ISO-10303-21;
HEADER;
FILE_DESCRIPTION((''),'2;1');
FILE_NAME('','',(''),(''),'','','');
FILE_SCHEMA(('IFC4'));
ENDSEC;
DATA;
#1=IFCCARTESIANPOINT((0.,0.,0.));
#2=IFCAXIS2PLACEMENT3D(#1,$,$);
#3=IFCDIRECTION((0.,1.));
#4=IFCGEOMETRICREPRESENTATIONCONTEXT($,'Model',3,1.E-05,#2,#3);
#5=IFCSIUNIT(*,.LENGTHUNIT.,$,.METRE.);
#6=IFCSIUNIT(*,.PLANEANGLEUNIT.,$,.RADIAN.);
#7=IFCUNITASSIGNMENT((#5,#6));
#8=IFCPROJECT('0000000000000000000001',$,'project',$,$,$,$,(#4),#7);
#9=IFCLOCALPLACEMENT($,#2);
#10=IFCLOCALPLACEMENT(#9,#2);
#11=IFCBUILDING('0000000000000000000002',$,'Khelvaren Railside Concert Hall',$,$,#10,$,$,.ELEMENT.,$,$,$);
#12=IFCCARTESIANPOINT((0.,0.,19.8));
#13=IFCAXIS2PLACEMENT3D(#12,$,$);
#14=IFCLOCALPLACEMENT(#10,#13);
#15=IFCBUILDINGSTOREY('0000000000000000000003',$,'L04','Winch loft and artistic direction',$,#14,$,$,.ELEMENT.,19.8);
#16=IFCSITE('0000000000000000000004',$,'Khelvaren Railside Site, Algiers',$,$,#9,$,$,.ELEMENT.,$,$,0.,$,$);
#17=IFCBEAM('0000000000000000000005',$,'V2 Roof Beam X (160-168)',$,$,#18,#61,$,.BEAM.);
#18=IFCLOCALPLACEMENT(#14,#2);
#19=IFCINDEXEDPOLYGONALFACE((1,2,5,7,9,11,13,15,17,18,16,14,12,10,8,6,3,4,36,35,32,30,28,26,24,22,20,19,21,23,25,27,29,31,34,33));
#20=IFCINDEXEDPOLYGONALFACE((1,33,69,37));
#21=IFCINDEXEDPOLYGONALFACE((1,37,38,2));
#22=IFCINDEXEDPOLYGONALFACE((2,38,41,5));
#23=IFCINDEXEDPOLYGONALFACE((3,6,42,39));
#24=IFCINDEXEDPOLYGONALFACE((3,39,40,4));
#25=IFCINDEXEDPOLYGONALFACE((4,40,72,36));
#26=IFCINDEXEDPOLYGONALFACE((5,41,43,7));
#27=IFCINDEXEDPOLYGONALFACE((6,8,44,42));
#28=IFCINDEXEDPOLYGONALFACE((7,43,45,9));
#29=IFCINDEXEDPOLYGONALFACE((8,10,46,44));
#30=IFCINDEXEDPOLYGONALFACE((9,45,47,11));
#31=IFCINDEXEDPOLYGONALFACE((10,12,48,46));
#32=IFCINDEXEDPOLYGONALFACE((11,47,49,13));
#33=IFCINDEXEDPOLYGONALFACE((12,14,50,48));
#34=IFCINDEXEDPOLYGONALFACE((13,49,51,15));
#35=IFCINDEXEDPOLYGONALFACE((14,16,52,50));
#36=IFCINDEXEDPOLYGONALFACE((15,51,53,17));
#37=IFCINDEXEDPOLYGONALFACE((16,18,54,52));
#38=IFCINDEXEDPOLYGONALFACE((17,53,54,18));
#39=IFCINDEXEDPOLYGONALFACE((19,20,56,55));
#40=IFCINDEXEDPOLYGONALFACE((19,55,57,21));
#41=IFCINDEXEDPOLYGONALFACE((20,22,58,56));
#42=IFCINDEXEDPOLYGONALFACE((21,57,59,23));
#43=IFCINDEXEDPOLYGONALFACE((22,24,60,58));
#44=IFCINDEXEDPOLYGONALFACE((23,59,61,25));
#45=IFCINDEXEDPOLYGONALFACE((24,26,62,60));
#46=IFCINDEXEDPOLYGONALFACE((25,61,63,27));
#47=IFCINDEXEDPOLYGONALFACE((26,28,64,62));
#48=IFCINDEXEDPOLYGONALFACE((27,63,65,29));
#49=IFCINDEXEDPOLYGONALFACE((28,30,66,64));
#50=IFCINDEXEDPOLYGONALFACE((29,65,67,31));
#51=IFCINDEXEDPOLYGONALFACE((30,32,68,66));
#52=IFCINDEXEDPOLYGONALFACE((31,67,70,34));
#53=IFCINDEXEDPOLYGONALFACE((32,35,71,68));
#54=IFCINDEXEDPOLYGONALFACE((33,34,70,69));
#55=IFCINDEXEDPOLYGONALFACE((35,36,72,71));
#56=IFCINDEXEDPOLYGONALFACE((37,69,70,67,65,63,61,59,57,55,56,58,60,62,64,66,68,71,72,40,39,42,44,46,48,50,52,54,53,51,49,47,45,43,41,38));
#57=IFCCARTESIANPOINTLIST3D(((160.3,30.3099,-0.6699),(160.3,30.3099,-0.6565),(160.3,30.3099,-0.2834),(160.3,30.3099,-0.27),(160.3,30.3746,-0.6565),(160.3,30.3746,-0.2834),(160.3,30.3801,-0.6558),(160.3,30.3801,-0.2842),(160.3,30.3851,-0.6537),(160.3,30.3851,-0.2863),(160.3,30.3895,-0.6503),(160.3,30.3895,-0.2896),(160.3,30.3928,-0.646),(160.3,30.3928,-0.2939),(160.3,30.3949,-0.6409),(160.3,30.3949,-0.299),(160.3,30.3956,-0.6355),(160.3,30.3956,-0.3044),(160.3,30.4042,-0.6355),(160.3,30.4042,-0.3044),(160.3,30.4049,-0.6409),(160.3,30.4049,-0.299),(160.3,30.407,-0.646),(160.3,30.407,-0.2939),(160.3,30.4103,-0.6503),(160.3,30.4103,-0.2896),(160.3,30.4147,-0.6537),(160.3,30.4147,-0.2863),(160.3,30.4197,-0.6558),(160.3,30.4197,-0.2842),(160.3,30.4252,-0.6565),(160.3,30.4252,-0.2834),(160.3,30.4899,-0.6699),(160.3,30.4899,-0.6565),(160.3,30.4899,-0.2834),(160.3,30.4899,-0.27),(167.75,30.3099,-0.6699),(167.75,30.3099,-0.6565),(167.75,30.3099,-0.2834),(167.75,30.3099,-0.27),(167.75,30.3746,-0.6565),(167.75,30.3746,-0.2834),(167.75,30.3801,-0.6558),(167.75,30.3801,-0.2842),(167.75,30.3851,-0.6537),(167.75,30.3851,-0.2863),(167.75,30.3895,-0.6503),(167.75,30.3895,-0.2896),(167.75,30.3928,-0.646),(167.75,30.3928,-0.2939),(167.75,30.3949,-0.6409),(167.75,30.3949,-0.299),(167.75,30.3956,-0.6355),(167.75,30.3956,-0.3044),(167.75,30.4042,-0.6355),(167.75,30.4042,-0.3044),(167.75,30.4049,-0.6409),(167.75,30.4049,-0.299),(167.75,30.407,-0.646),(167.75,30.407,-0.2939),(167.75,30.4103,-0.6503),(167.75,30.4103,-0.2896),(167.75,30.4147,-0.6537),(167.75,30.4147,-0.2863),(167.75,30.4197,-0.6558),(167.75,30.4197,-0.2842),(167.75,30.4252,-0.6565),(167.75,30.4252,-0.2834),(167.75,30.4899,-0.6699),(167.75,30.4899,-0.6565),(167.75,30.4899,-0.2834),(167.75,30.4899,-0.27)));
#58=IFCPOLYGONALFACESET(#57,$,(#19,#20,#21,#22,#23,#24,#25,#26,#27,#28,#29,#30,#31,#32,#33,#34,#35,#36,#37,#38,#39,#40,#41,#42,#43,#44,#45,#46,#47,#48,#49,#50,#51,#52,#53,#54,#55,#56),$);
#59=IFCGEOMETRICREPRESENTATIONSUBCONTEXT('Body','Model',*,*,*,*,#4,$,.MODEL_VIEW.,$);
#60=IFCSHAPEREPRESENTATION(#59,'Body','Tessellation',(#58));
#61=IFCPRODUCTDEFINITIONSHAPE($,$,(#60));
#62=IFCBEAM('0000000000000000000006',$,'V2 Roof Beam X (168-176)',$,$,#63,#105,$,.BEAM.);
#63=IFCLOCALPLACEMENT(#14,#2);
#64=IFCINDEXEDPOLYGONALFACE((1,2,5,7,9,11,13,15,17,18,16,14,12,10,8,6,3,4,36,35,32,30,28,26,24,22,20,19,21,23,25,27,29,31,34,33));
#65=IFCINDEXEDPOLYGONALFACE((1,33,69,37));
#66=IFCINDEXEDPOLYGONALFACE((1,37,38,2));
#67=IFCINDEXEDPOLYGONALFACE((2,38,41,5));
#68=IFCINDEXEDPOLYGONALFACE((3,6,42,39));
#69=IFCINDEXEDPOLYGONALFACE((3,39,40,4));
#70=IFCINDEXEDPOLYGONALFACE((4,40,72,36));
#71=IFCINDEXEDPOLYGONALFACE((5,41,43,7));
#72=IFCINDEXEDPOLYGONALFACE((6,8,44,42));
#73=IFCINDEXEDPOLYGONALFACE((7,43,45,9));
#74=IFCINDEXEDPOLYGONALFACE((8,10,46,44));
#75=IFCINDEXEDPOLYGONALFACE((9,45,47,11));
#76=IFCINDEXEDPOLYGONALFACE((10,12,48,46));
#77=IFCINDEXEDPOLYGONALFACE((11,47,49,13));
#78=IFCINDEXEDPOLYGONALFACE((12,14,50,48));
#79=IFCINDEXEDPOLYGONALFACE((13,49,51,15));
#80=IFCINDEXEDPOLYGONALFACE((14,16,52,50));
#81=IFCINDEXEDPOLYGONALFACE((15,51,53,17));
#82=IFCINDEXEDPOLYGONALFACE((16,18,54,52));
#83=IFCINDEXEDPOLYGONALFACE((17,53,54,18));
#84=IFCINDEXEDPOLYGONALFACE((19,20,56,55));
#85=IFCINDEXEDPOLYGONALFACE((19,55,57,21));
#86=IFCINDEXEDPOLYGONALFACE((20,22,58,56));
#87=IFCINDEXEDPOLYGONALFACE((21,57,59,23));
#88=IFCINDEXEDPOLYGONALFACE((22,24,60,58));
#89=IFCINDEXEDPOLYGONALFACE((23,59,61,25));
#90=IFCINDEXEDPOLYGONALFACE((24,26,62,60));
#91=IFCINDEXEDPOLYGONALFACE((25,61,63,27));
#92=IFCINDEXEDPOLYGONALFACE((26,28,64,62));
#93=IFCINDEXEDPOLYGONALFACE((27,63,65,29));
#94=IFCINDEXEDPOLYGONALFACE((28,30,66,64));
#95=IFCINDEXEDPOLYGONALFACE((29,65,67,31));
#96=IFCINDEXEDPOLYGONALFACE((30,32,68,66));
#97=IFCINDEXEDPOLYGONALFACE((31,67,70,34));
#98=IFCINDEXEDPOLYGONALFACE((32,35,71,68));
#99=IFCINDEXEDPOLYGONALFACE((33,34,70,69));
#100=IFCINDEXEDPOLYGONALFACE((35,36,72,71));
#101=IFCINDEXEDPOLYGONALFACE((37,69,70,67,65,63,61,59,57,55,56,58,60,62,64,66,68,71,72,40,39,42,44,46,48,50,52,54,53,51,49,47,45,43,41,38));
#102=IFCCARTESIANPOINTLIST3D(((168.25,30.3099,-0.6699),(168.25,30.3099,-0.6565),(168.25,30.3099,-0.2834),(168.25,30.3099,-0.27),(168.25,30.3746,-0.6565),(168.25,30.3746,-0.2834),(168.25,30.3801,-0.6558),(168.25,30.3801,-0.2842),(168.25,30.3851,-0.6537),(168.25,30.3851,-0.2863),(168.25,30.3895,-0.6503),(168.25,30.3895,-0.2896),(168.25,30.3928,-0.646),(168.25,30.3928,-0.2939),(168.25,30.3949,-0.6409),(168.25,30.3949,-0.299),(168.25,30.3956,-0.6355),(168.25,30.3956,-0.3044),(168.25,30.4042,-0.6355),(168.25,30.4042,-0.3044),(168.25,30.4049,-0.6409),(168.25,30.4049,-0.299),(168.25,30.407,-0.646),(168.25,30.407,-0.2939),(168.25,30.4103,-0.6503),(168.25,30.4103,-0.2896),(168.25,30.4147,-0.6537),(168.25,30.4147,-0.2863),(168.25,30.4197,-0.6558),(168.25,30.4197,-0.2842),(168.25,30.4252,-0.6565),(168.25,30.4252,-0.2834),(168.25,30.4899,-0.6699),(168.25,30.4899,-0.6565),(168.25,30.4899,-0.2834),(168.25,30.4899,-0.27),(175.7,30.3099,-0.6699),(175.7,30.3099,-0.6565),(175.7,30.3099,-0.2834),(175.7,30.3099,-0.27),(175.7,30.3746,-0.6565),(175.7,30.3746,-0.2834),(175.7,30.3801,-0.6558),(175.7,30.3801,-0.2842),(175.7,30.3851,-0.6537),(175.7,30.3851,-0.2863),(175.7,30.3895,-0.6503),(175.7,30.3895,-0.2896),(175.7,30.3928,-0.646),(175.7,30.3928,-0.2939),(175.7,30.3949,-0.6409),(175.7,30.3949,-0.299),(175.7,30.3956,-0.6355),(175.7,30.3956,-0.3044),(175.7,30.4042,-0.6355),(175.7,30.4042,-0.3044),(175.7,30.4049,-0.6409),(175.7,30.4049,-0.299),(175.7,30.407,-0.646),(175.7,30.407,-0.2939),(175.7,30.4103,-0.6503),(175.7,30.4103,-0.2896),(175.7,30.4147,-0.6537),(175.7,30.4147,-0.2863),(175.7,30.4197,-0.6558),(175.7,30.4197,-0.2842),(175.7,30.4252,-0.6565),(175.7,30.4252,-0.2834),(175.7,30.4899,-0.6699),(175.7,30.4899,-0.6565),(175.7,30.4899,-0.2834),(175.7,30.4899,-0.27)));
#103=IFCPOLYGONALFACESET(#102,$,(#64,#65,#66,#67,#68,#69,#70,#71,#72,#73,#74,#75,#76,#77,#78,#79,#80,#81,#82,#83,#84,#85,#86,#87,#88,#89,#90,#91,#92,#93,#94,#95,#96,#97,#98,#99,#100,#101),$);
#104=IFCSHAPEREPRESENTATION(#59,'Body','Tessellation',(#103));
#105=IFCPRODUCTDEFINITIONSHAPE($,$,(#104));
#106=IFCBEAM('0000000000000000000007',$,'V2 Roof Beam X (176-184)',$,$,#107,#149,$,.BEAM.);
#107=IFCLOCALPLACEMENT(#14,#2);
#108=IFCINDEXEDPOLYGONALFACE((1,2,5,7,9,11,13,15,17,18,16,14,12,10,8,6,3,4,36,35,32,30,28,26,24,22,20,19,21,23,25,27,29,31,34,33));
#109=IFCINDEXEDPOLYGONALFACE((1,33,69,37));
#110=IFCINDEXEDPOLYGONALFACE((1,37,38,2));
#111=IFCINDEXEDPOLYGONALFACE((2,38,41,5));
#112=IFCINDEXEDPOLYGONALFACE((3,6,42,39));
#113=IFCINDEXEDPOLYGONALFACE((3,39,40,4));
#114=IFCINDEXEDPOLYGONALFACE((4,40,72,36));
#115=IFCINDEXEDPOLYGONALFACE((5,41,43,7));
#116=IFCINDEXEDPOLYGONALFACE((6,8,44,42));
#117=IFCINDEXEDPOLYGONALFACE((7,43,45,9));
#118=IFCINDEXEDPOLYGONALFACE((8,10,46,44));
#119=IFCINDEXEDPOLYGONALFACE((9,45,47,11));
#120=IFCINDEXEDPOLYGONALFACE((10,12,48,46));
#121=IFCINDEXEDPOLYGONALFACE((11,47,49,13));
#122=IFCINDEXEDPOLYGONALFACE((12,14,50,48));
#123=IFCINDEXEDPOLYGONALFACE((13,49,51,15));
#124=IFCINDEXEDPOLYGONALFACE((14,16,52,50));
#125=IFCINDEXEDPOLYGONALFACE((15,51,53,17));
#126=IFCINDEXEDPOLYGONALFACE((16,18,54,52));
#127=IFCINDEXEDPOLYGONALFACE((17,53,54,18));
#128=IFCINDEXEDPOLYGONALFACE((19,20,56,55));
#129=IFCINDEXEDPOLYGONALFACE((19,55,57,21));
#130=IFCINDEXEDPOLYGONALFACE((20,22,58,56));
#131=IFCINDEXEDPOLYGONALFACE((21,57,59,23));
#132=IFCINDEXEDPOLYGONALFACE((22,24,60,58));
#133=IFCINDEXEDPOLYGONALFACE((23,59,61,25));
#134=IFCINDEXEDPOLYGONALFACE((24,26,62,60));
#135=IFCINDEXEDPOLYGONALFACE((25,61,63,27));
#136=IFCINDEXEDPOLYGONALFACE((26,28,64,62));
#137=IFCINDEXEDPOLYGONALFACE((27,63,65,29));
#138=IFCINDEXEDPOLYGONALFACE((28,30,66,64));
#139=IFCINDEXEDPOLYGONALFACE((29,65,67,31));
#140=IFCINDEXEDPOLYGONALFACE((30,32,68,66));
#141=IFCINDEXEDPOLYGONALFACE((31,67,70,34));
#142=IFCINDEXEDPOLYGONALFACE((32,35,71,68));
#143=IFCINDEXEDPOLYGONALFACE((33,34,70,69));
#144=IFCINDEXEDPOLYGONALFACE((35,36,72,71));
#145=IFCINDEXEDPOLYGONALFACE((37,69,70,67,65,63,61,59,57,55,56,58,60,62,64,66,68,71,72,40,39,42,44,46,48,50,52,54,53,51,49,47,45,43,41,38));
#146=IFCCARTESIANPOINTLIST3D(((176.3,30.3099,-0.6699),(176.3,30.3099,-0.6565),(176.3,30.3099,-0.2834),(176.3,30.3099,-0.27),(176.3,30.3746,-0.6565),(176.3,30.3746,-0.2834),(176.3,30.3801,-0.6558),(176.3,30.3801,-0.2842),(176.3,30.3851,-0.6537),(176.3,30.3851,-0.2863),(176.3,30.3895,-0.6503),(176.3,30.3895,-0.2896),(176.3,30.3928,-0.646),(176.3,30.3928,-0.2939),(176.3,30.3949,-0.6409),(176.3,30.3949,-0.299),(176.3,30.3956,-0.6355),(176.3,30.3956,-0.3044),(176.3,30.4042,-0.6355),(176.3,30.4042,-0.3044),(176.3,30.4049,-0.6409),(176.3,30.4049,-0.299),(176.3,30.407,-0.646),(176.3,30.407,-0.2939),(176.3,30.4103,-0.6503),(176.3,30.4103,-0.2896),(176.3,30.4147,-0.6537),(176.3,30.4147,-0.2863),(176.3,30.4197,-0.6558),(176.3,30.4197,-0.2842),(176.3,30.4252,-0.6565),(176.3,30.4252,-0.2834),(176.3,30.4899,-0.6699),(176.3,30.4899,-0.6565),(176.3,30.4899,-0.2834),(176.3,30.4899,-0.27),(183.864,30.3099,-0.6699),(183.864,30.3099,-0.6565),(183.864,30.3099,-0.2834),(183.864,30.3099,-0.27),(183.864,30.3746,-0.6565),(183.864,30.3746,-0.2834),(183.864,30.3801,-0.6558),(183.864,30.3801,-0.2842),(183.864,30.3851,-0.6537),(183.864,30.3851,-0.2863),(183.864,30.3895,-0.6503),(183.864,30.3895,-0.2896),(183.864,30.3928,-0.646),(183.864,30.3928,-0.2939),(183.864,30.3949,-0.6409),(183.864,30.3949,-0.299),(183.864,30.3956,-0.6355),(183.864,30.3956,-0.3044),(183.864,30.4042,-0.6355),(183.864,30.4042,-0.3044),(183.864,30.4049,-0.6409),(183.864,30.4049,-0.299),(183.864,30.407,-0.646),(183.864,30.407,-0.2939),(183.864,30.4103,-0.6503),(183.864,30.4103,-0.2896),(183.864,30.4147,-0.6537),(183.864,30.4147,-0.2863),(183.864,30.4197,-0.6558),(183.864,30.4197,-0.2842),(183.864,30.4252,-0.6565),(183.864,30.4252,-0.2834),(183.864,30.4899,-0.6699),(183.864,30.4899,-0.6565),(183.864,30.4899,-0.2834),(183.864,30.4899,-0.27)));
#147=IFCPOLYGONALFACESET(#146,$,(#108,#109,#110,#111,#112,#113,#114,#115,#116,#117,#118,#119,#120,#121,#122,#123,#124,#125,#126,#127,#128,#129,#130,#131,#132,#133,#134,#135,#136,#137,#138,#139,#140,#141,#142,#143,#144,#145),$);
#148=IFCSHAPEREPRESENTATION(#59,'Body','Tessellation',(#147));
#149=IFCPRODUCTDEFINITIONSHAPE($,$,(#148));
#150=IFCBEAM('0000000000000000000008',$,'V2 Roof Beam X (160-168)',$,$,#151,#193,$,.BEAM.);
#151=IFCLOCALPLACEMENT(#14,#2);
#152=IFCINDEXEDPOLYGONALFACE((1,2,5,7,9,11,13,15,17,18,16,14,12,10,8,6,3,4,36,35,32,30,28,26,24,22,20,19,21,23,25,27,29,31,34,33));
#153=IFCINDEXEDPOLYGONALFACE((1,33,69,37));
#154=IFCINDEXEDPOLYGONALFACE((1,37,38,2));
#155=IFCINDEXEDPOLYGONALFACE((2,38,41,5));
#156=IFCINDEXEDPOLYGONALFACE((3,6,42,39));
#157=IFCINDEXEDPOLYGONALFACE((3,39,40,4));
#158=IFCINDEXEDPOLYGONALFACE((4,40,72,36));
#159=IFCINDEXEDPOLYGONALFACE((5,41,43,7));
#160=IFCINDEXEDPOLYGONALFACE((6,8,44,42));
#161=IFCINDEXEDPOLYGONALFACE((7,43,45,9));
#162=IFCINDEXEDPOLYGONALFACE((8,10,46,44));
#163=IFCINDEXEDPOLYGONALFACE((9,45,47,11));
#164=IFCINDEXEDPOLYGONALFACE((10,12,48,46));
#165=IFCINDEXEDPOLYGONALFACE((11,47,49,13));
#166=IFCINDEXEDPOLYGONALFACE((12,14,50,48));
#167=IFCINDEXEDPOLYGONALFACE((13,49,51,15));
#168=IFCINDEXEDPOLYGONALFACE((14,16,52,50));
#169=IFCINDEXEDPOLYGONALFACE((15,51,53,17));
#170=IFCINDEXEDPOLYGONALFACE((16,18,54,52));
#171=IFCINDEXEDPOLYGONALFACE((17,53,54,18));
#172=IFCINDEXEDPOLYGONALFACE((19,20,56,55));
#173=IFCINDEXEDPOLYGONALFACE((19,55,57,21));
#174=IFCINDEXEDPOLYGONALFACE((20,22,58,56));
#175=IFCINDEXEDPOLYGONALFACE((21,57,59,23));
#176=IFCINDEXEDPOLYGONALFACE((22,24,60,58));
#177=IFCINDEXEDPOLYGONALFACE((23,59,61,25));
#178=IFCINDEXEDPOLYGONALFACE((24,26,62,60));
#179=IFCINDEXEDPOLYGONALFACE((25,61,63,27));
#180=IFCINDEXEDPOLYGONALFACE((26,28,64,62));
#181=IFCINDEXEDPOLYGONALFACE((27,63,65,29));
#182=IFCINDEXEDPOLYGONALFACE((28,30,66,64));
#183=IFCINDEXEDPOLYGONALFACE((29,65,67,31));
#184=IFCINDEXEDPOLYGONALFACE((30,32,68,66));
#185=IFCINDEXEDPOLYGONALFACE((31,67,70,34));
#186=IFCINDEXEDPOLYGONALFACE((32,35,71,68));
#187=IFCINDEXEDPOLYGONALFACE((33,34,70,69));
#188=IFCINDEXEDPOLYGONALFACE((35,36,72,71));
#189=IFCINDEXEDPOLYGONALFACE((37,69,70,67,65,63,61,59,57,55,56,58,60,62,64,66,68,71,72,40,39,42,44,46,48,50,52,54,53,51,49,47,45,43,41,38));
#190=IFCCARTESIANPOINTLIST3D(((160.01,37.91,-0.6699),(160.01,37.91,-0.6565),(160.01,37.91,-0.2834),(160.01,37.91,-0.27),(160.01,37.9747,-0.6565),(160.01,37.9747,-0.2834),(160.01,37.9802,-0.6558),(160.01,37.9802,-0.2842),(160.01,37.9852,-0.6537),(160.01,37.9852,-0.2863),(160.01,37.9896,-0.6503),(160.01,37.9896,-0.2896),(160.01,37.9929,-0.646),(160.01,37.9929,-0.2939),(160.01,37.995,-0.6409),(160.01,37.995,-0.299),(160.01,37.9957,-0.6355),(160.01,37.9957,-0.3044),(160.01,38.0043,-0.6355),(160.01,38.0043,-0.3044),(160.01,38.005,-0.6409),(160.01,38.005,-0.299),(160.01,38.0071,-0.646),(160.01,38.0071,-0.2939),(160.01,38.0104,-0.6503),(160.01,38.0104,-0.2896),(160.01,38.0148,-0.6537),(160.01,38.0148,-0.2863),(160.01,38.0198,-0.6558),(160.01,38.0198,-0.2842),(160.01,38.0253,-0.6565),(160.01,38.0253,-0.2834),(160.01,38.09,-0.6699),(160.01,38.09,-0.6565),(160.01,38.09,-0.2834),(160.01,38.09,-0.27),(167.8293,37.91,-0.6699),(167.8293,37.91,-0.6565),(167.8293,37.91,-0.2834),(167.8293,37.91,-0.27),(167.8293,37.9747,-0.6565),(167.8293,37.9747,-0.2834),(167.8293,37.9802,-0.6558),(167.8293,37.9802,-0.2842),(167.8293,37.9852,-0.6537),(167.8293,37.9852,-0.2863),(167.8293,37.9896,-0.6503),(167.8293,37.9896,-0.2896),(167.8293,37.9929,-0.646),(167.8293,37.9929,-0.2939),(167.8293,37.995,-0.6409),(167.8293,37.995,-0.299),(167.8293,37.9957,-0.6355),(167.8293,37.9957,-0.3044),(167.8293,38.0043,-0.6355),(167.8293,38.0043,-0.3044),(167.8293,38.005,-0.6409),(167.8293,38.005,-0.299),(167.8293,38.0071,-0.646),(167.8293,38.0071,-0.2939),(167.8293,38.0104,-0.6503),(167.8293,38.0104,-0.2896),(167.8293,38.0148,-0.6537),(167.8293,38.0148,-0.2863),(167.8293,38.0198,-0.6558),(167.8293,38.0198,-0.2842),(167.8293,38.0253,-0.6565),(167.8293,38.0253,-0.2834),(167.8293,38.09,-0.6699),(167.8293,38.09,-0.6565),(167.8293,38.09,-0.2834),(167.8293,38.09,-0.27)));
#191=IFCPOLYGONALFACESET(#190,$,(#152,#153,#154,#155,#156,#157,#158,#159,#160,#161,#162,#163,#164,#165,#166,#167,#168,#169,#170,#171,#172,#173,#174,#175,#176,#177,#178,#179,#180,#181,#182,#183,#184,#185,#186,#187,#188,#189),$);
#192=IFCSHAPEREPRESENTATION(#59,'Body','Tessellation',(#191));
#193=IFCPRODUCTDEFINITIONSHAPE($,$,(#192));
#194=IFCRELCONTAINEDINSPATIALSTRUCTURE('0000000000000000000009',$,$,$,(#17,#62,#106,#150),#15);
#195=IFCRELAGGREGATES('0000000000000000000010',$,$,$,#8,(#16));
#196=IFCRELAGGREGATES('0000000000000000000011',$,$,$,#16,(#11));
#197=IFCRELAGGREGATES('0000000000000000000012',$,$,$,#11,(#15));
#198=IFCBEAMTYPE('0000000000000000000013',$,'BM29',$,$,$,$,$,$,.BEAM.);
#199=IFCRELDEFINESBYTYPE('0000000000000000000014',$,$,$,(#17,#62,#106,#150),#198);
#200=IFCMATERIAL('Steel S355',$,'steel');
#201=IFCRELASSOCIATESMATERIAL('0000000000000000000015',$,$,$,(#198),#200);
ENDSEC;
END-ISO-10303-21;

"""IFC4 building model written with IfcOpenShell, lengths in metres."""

from ifc_helpers import new_model, si_unit, direction, frame, origin, origin_2d, place, context, subcontext, project, spatial, i_section, extrude, material, material_profile, profile_set, type_object, element, save


model = new_model("IFC4")

# Units and contexts
model_context = context("Model", 3, precision=1e-05, world=origin(), true_north=direction((0.0, 1.0)))
body_context = subcontext(model_context, "Body", "Model", "MODEL_VIEW")
ifc_project = project(units=[si_unit("LENGTHUNIT", "METRE"), si_unit("PLANEANGLEUNIT", "RADIAN")], contexts=[model_context])

# Site, building, storey
site_placement = place(None, origin())
site = spatial("IfcSite", under=ifc_project, at=site_placement, Name="Khelvaren Railside Site, Algiers", CompositionType="ELEMENT", RefElevation=0.0)
building_placement = place(site_placement, origin())
building = spatial("IfcBuilding", under=site, at=building_placement, Name="Khelvaren Railside Concert Hall", CompositionType="ELEMENT")
storey_placement = place(building_placement, frame((0.0, 0.0, 19.8)))
storey = spatial("IfcBuildingStorey", under=building, at=storey_placement, Name="L04", Description="Winch loft and artistic direction", CompositionType="ELEMENT", Elevation=19.8)

# Beams
ifc_material_1 = material(Name="Steel S355", Category="steel")
ifc_material_profile_1 = material_profile(ifc_material_1, i_section(OverallWidth=0.1799, OverallDepth=0.3999, WebThickness=0.0085, FlangeThickness=0.0134, FilletRadius=0.021, at=origin_2d()), Name="IPE 400")
ifc_profile_set_1 = profile_set([ifc_material_profile_1], Name="Steel S355")
beam_type_1 = type_object("IfcBeamType", Name="BM29", PredefinedType="BEAM", material=ifc_profile_set_1)
for number, where, z_axis, x_axis, name in (
    (1, (160.3, 30.3999, -0.47), (1.0, 0.0, 0.0), (0.0, 1.0, 0.0), "V2 Roof Beam X (160-168)"),
    (2, (168.25, 30.3999, -0.47), (1.0, 0.0, 0.0), (0.0, 1.0, 0.0), "V2 Roof Beam X (168-176)"),
):
    element("IfcBeam", number, at=place(storey_placement, frame(where, z_axis=z_axis, x_axis=x_axis)), inside=storey, type_object=beam_type_1, Name=name, PredefinedType="BEAM", context=body_context, shape_type="SweptSolid", body=[
        extrude(i_section(OverallWidth=0.1799, OverallDepth=0.3999, WebThickness=0.0085, FlangeThickness=0.0134, FilletRadius=0.021, at=origin_2d()), origin(), (0.0, 0.0, 1.0), 7.45),
    ])
beam_1_placement = place(storey_placement, frame((176.3, 30.3999, -0.47), z_axis=(1.0, 0.0, 0.0), x_axis=(0.0, 1.0, 0.0)))
element("IfcBeam", 3, at=beam_1_placement, inside=storey, type_object=beam_type_1, Name="V2 Roof Beam X (176-184)", PredefinedType="BEAM", context=body_context, shape_type="SweptSolid", body=[
    extrude(i_section(OverallWidth=0.1799, OverallDepth=0.3999, WebThickness=0.0085, FlangeThickness=0.0134, FilletRadius=0.021, at=origin_2d()), origin(), (0.0, 0.0, 1.0), 7.564),
])
beam_2_placement = place(storey_placement, frame((160.01, 38.0, -0.47), z_axis=(1.0, 0.0, 0.0), x_axis=(0.0, 1.0, 0.0)))
element("IfcBeam", 4, at=beam_2_placement, inside=storey, type_object=beam_type_1, Name="V2 Roof Beam X (160-168)", PredefinedType="BEAM", context=body_context, shape_type="SweptSolid", body=[
    extrude(i_section(OverallWidth=0.1799, OverallDepth=0.3999, WebThickness=0.0085, FlangeThickness=0.0134, FilletRadius=0.021, at=origin_2d()), origin(), (0.0, 0.0, 1.0), 7.8193),
])

save(model, "model.ifc")
